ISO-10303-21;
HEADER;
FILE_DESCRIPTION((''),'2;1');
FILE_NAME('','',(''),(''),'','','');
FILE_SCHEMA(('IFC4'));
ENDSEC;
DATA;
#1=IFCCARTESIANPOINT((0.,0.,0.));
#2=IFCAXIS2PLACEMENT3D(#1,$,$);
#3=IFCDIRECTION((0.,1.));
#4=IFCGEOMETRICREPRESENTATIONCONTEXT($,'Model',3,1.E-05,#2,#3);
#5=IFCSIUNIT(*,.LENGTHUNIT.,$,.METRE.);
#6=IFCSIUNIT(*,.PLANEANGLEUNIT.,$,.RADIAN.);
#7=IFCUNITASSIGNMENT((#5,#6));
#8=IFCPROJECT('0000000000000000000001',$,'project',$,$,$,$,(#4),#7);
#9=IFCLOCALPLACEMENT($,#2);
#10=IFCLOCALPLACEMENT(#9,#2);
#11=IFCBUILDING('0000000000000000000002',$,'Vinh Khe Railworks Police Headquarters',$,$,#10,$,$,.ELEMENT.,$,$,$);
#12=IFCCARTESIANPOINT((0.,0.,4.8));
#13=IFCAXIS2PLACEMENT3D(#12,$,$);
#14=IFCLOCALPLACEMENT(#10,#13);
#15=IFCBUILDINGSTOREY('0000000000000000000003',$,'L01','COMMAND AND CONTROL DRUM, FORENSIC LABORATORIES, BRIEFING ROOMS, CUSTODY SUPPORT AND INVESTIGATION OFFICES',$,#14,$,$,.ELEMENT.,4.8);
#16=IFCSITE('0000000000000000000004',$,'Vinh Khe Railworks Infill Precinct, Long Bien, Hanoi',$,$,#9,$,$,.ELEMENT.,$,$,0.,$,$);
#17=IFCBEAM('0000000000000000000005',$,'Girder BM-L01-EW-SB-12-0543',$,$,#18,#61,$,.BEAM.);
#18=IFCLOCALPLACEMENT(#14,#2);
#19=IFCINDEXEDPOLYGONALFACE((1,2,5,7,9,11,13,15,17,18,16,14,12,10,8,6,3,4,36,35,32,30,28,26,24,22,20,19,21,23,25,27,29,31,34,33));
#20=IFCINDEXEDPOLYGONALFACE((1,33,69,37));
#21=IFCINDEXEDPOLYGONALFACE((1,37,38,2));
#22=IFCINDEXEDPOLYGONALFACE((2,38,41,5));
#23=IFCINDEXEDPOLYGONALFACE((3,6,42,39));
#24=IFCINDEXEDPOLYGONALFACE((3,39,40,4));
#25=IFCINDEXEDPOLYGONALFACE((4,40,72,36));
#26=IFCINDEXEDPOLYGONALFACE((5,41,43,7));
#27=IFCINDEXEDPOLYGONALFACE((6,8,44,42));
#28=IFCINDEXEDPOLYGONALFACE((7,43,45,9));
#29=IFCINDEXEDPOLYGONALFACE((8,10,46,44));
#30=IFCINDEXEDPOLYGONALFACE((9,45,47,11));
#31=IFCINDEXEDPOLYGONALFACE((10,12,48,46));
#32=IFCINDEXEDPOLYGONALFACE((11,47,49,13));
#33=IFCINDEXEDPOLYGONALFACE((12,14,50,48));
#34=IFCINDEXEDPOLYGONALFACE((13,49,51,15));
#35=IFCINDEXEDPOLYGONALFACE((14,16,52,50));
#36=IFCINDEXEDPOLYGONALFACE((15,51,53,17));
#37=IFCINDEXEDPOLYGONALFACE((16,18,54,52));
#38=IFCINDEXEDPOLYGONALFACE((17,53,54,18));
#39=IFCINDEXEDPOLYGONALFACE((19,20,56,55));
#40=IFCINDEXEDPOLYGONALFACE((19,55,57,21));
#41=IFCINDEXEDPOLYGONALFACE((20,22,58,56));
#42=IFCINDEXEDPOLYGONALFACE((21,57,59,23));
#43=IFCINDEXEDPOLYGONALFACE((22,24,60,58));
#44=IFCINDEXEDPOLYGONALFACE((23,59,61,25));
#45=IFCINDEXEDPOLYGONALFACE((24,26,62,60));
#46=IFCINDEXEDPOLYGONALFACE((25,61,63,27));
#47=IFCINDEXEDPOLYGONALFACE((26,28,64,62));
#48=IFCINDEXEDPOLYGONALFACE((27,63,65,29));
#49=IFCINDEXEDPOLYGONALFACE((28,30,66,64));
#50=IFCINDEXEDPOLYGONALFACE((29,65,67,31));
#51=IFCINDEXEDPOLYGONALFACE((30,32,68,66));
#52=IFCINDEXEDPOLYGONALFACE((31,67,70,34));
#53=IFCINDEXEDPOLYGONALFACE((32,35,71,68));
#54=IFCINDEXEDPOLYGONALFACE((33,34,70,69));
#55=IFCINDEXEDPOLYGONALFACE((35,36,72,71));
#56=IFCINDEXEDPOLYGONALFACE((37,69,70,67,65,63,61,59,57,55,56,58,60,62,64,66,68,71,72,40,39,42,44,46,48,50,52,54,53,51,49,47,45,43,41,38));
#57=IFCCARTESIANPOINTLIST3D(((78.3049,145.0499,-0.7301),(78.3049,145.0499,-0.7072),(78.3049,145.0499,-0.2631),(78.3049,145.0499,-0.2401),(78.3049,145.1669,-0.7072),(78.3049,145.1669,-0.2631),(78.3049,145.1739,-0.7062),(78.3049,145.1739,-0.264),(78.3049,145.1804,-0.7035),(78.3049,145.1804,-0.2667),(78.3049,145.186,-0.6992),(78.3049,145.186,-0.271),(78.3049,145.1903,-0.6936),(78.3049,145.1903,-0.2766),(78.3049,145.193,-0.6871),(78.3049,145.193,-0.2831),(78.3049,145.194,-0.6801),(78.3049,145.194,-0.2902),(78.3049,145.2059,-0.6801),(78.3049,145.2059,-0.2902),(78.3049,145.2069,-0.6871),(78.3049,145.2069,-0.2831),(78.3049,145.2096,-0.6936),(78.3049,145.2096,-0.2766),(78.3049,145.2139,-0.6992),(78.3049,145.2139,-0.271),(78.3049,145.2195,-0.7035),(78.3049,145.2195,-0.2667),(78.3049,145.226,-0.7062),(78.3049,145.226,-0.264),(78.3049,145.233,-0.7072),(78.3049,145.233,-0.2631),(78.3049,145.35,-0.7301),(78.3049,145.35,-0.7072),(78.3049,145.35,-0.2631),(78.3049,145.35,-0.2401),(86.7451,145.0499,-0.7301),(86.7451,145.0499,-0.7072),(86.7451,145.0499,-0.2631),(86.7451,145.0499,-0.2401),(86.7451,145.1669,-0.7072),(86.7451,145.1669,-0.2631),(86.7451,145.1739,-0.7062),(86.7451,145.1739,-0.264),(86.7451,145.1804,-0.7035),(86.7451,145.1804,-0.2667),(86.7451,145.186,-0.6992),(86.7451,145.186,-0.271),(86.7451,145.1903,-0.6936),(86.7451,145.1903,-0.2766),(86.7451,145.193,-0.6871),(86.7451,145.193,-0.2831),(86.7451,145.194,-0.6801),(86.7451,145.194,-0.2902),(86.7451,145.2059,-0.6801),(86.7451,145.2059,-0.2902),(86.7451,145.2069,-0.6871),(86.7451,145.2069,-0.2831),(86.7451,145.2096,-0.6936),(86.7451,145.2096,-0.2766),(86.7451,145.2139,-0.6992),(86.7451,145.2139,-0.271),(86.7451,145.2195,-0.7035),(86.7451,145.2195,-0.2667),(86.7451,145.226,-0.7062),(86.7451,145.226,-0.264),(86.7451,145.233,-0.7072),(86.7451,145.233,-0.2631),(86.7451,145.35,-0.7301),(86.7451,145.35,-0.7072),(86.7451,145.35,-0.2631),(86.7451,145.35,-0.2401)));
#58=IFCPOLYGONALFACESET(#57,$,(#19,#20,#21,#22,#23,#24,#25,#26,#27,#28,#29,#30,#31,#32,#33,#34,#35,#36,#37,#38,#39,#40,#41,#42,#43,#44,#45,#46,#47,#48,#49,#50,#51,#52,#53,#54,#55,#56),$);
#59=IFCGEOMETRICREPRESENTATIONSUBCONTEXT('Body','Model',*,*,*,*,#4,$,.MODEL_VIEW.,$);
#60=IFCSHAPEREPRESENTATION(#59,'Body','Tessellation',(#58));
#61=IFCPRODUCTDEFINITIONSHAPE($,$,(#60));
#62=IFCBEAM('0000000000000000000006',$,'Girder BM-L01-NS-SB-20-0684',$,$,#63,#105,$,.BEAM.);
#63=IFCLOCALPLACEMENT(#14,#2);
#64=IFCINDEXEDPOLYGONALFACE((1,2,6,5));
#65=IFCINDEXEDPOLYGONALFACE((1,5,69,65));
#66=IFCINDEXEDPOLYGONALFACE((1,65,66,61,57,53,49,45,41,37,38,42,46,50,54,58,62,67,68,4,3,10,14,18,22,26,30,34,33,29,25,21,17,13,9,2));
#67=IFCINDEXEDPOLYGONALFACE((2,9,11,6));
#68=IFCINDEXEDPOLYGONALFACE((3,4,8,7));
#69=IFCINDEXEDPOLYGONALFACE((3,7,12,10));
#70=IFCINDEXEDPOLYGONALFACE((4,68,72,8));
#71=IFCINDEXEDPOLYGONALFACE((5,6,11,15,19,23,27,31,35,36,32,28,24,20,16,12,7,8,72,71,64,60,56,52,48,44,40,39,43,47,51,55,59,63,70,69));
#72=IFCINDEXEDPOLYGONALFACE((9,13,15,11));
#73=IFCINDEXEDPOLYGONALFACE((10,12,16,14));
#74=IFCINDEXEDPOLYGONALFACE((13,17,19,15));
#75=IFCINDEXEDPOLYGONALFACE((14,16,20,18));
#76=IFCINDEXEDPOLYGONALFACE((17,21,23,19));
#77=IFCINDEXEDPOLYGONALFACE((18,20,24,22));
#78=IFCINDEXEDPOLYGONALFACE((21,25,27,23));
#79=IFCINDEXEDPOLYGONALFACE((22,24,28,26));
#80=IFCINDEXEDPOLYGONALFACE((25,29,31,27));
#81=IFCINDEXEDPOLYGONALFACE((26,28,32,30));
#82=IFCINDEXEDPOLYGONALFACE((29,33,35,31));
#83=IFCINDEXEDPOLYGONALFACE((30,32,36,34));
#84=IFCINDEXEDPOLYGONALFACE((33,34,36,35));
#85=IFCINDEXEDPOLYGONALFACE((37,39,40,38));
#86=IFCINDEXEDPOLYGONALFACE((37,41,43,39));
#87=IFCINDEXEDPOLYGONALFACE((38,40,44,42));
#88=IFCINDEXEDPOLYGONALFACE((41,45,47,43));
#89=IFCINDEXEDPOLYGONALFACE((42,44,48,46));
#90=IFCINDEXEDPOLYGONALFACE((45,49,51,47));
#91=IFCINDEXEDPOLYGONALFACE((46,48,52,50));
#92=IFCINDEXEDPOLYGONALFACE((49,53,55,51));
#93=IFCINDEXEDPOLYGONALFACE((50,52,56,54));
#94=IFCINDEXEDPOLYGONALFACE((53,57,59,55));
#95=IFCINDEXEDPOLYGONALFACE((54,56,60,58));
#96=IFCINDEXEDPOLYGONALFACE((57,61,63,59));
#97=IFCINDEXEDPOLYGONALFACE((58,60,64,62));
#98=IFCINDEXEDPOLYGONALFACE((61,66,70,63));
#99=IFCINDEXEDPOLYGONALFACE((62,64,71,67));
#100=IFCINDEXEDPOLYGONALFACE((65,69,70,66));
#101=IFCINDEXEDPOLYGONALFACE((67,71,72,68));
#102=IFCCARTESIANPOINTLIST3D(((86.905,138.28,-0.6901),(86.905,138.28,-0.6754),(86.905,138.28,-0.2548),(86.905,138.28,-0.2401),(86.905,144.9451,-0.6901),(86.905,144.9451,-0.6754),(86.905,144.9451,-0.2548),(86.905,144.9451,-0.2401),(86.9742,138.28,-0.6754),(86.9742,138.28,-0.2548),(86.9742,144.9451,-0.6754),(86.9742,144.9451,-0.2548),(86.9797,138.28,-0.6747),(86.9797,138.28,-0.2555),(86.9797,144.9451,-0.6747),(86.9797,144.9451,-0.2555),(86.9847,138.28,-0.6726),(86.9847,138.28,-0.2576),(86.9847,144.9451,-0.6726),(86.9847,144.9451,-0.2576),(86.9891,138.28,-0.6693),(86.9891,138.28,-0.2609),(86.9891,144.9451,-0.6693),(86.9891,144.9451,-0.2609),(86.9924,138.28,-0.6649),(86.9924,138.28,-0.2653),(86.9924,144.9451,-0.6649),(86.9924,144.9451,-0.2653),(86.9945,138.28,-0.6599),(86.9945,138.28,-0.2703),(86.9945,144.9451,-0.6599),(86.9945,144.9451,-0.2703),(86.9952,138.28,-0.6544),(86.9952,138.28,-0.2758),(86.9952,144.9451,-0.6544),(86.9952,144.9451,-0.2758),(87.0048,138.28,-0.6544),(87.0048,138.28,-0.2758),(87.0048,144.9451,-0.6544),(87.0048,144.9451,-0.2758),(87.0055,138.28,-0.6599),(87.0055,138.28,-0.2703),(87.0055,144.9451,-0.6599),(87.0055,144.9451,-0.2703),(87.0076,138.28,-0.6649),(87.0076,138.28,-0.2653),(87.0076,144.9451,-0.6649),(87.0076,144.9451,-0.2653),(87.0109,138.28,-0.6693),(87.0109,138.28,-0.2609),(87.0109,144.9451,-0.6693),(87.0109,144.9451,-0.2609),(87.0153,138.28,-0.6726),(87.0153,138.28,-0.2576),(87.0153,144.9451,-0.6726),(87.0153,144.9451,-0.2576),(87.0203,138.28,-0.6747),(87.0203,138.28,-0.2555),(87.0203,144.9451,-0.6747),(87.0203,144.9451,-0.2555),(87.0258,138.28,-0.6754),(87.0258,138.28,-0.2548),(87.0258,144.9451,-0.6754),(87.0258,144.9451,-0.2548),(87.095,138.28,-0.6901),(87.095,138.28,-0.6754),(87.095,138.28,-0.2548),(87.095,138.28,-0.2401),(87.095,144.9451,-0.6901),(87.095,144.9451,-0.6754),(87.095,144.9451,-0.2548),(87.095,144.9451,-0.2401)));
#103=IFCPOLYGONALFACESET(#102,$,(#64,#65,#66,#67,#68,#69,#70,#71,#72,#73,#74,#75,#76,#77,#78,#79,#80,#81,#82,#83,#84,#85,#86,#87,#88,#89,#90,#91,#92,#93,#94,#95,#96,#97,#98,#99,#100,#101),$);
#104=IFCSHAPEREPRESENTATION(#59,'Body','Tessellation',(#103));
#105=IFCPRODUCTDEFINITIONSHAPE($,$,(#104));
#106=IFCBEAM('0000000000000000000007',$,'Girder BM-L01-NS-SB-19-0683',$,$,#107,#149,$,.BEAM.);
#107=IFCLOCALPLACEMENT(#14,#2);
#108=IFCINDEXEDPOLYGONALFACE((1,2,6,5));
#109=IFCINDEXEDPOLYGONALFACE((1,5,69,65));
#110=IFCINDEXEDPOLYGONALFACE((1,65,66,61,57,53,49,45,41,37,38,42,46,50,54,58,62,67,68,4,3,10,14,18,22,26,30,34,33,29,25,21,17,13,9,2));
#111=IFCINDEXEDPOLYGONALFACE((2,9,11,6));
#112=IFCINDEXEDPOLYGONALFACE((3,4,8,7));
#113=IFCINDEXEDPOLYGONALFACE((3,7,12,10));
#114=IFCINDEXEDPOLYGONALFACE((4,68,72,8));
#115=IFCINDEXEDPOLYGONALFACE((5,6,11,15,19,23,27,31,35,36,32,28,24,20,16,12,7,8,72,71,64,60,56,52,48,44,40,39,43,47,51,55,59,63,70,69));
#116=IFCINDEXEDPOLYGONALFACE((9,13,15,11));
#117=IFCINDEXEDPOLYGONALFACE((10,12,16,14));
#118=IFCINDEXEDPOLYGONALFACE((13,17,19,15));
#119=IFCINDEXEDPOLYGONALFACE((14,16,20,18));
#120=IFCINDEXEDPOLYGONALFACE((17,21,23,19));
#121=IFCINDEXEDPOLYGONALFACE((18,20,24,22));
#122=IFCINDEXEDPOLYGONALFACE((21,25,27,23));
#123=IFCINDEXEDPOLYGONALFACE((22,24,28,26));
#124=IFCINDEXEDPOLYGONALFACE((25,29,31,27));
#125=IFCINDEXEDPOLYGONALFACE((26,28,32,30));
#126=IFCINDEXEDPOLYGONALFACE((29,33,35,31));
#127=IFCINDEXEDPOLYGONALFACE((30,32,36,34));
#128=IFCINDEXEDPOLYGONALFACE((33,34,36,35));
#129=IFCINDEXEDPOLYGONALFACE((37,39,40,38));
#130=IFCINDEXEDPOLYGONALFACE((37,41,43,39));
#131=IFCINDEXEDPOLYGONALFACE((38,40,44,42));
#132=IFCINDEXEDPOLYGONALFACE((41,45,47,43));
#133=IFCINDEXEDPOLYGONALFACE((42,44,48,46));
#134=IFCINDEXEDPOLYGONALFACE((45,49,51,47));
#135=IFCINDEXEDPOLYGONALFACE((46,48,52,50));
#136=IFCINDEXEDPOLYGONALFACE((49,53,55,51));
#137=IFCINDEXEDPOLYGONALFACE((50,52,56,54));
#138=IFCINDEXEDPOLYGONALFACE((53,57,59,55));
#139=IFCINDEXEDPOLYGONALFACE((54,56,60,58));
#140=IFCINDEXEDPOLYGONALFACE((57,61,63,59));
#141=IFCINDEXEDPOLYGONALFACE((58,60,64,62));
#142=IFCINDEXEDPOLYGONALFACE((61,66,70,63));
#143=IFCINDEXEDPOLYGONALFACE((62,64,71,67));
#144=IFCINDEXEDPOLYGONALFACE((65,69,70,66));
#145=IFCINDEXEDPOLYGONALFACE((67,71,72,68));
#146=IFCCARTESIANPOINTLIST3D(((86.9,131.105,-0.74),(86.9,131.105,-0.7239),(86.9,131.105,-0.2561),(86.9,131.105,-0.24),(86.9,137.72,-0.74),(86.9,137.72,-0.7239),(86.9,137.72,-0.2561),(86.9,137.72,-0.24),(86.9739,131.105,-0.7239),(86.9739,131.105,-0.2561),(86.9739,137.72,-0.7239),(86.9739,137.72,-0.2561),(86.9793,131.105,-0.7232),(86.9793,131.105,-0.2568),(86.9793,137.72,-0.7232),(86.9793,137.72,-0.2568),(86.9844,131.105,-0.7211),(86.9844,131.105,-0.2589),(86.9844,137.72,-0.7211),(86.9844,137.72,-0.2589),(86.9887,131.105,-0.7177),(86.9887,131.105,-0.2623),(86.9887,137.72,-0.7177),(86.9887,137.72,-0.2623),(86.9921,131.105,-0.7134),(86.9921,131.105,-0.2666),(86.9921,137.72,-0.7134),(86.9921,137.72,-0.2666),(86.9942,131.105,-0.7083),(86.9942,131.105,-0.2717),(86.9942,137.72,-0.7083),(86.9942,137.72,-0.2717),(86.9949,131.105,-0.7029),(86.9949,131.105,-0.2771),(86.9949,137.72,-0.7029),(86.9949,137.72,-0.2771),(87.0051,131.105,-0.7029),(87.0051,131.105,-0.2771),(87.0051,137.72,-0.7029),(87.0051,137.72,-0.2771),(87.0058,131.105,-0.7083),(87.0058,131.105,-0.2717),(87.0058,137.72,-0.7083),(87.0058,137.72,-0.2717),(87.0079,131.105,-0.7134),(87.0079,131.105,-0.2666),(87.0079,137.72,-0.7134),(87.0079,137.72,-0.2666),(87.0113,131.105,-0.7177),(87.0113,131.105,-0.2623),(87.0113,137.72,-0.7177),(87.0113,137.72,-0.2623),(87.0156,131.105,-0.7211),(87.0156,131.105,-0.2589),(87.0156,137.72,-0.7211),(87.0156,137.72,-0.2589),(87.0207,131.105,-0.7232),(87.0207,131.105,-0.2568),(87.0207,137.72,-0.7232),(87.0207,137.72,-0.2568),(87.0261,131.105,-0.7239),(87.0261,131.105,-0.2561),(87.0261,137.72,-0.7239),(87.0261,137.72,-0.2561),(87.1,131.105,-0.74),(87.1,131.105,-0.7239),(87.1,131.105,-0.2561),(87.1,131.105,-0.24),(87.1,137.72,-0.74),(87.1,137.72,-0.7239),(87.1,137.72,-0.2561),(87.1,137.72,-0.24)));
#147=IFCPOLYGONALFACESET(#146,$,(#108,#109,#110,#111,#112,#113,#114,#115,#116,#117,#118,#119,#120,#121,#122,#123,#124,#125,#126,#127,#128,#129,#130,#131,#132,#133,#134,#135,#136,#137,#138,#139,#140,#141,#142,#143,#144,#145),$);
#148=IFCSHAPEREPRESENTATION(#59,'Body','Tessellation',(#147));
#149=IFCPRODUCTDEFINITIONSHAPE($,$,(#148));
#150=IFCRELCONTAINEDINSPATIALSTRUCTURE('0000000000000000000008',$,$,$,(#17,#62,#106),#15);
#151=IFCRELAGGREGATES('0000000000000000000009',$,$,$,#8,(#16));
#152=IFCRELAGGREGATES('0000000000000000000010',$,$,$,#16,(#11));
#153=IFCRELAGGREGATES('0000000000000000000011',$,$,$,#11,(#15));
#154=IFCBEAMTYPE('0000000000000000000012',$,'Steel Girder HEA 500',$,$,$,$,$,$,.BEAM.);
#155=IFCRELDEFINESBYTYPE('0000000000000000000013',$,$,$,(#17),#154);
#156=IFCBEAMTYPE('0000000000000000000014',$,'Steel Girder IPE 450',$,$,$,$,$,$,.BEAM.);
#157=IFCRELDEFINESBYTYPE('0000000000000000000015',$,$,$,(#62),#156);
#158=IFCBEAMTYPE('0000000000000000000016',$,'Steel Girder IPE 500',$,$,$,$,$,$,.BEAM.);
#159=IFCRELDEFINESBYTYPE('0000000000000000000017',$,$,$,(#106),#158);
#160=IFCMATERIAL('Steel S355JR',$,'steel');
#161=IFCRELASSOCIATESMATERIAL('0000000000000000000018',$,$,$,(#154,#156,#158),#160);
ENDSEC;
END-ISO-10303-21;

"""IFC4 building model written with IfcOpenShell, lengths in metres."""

from ifc_helpers import new_model, si_unit, direction, frame, origin, origin_2d, place, context, subcontext, project, spatial, i_section, extrude, material, material_profile, profile_set, type_object, element, save


model = new_model("IFC4")

# Units and contexts
model_context = context("Model", 3, precision=1e-05, world=origin(), true_north=direction((0.0, 1.0)))
body_context = subcontext(model_context, "Body", "Model", "MODEL_VIEW")
ifc_project = project(units=[si_unit("LENGTHUNIT", "METRE"), si_unit("PLANEANGLEUNIT", "RADIAN")], contexts=[model_context])

# Site, building, storey
site_placement = place(None, origin())
site = spatial("IfcSite", under=ifc_project, at=site_placement, Name="Vinh Khe Railworks Infill Precinct, Long Bien, Hanoi", CompositionType="ELEMENT", RefElevation=0.0)
building_placement = place(site_placement, origin())
building = spatial("IfcBuilding", under=site, at=building_placement, Name="Vinh Khe Railworks Police Headquarters", CompositionType="ELEMENT")
storey_placement = place(building_placement, frame((0.0, 0.0, 4.8)))
storey = spatial("IfcBuildingStorey", under=building, at=storey_placement, Name="L01", Description="COMMAND AND CONTROL DRUM, FORENSIC LABORATORIES, BRIEFING ROOMS, CUSTODY SUPPORT AND INVESTIGATION OFFICES", CompositionType="ELEMENT", Elevation=4.8)

# Shared definitions
ifc_material_1 = material(Name="Steel S355JR", Category="steel")

# Beams
ifc_material_profile_1 = material_profile(ifc_material_1, i_section(OverallWidth=0.3, OverallDepth=0.49, WebThickness=0.012, FlangeThickness=0.0229, FilletRadius=0.0271, at=origin_2d()), Name="HEA 500")
ifc_profile_set_1 = profile_set([ifc_material_profile_1], Name="Steel S355JR")
beam_type_1 = type_object("IfcBeamType", Name="Steel Girder HEA 500", PredefinedType="BEAM", material=ifc_profile_set_1)
beam_1_placement = place(storey_placement, frame((78.3049, 145.2, -0.4851), z_axis=(1.0, 0.0, 0.0), x_axis=(0.0, 1.0, 0.0)))
element("IfcBeam", 1, at=beam_1_placement, inside=storey, type_object=beam_type_1, Name="Girder BM-L01-EW-SB-12-0543", PredefinedType="BEAM", context=body_context, shape_type="SweptSolid", body=[
    extrude(i_section(OverallWidth=0.3, OverallDepth=0.49, WebThickness=0.012, FlangeThickness=0.0229, FilletRadius=0.0271, at=origin_2d()), origin(), (0.0, 0.0, 1.0), 8.4402),
])
ifc_material_profile_2 = material_profile(ifc_material_1, i_section(OverallWidth=0.1899, OverallDepth=0.45, WebThickness=0.0095, FlangeThickness=0.0146, FilletRadius=0.021, at=origin_2d()), Name="IPE 450")
ifc_profile_set_2 = profile_set([ifc_material_profile_2], Name="Steel S355JR")
beam_type_2 = type_object("IfcBeamType", Name="Steel Girder IPE 450", PredefinedType="BEAM", material=ifc_profile_set_2)
beam_2_placement = place(storey_placement, frame((87.0, 138.28, -0.4651), z_axis=(0.0, 1.0, 0.0), x_axis=(-1.0, 0.0, 0.0)))
element("IfcBeam", 2, at=beam_2_placement, inside=storey, type_object=beam_type_2, Name="Girder BM-L01-NS-SB-20-0684", PredefinedType="BEAM", context=body_context, shape_type="SweptSolid", body=[
    extrude(i_section(OverallWidth=0.1899, OverallDepth=0.45, WebThickness=0.0095, FlangeThickness=0.0146, FilletRadius=0.021, at=origin_2d()), origin(), (0.0, 0.0, 1.0), 6.665),
])
ifc_material_profile_3 = material_profile(ifc_material_1, i_section(OverallWidth=0.2, OverallDepth=0.5, WebThickness=0.0103, FlangeThickness=0.0161, FilletRadius=0.021, at=origin_2d()), Name="IPE 500")
ifc_profile_set_3 = profile_set([ifc_material_profile_3], Name="Steel S355JR")
beam_type_3 = type_object("IfcBeamType", Name="Steel Girder IPE 500", PredefinedType="BEAM", material=ifc_profile_set_3)
beam_3_placement = place(storey_placement, frame((87.0, 131.105, -0.49), z_axis=(0.0, 1.0, 0.0), x_axis=(-1.0, 0.0, 0.0)))
element("IfcBeam", 3, at=beam_3_placement, inside=storey, type_object=beam_type_3, Name="Girder BM-L01-NS-SB-19-0683", PredefinedType="BEAM", context=body_context, shape_type="SweptSolid", body=[
    extrude(i_section(OverallWidth=0.2, OverallDepth=0.5, WebThickness=0.0103, FlangeThickness=0.0161, FilletRadius=0.021, at=origin_2d()), origin(), (0.0, 0.0, 1.0), 6.615),
])

save(model, "model.ifc")
